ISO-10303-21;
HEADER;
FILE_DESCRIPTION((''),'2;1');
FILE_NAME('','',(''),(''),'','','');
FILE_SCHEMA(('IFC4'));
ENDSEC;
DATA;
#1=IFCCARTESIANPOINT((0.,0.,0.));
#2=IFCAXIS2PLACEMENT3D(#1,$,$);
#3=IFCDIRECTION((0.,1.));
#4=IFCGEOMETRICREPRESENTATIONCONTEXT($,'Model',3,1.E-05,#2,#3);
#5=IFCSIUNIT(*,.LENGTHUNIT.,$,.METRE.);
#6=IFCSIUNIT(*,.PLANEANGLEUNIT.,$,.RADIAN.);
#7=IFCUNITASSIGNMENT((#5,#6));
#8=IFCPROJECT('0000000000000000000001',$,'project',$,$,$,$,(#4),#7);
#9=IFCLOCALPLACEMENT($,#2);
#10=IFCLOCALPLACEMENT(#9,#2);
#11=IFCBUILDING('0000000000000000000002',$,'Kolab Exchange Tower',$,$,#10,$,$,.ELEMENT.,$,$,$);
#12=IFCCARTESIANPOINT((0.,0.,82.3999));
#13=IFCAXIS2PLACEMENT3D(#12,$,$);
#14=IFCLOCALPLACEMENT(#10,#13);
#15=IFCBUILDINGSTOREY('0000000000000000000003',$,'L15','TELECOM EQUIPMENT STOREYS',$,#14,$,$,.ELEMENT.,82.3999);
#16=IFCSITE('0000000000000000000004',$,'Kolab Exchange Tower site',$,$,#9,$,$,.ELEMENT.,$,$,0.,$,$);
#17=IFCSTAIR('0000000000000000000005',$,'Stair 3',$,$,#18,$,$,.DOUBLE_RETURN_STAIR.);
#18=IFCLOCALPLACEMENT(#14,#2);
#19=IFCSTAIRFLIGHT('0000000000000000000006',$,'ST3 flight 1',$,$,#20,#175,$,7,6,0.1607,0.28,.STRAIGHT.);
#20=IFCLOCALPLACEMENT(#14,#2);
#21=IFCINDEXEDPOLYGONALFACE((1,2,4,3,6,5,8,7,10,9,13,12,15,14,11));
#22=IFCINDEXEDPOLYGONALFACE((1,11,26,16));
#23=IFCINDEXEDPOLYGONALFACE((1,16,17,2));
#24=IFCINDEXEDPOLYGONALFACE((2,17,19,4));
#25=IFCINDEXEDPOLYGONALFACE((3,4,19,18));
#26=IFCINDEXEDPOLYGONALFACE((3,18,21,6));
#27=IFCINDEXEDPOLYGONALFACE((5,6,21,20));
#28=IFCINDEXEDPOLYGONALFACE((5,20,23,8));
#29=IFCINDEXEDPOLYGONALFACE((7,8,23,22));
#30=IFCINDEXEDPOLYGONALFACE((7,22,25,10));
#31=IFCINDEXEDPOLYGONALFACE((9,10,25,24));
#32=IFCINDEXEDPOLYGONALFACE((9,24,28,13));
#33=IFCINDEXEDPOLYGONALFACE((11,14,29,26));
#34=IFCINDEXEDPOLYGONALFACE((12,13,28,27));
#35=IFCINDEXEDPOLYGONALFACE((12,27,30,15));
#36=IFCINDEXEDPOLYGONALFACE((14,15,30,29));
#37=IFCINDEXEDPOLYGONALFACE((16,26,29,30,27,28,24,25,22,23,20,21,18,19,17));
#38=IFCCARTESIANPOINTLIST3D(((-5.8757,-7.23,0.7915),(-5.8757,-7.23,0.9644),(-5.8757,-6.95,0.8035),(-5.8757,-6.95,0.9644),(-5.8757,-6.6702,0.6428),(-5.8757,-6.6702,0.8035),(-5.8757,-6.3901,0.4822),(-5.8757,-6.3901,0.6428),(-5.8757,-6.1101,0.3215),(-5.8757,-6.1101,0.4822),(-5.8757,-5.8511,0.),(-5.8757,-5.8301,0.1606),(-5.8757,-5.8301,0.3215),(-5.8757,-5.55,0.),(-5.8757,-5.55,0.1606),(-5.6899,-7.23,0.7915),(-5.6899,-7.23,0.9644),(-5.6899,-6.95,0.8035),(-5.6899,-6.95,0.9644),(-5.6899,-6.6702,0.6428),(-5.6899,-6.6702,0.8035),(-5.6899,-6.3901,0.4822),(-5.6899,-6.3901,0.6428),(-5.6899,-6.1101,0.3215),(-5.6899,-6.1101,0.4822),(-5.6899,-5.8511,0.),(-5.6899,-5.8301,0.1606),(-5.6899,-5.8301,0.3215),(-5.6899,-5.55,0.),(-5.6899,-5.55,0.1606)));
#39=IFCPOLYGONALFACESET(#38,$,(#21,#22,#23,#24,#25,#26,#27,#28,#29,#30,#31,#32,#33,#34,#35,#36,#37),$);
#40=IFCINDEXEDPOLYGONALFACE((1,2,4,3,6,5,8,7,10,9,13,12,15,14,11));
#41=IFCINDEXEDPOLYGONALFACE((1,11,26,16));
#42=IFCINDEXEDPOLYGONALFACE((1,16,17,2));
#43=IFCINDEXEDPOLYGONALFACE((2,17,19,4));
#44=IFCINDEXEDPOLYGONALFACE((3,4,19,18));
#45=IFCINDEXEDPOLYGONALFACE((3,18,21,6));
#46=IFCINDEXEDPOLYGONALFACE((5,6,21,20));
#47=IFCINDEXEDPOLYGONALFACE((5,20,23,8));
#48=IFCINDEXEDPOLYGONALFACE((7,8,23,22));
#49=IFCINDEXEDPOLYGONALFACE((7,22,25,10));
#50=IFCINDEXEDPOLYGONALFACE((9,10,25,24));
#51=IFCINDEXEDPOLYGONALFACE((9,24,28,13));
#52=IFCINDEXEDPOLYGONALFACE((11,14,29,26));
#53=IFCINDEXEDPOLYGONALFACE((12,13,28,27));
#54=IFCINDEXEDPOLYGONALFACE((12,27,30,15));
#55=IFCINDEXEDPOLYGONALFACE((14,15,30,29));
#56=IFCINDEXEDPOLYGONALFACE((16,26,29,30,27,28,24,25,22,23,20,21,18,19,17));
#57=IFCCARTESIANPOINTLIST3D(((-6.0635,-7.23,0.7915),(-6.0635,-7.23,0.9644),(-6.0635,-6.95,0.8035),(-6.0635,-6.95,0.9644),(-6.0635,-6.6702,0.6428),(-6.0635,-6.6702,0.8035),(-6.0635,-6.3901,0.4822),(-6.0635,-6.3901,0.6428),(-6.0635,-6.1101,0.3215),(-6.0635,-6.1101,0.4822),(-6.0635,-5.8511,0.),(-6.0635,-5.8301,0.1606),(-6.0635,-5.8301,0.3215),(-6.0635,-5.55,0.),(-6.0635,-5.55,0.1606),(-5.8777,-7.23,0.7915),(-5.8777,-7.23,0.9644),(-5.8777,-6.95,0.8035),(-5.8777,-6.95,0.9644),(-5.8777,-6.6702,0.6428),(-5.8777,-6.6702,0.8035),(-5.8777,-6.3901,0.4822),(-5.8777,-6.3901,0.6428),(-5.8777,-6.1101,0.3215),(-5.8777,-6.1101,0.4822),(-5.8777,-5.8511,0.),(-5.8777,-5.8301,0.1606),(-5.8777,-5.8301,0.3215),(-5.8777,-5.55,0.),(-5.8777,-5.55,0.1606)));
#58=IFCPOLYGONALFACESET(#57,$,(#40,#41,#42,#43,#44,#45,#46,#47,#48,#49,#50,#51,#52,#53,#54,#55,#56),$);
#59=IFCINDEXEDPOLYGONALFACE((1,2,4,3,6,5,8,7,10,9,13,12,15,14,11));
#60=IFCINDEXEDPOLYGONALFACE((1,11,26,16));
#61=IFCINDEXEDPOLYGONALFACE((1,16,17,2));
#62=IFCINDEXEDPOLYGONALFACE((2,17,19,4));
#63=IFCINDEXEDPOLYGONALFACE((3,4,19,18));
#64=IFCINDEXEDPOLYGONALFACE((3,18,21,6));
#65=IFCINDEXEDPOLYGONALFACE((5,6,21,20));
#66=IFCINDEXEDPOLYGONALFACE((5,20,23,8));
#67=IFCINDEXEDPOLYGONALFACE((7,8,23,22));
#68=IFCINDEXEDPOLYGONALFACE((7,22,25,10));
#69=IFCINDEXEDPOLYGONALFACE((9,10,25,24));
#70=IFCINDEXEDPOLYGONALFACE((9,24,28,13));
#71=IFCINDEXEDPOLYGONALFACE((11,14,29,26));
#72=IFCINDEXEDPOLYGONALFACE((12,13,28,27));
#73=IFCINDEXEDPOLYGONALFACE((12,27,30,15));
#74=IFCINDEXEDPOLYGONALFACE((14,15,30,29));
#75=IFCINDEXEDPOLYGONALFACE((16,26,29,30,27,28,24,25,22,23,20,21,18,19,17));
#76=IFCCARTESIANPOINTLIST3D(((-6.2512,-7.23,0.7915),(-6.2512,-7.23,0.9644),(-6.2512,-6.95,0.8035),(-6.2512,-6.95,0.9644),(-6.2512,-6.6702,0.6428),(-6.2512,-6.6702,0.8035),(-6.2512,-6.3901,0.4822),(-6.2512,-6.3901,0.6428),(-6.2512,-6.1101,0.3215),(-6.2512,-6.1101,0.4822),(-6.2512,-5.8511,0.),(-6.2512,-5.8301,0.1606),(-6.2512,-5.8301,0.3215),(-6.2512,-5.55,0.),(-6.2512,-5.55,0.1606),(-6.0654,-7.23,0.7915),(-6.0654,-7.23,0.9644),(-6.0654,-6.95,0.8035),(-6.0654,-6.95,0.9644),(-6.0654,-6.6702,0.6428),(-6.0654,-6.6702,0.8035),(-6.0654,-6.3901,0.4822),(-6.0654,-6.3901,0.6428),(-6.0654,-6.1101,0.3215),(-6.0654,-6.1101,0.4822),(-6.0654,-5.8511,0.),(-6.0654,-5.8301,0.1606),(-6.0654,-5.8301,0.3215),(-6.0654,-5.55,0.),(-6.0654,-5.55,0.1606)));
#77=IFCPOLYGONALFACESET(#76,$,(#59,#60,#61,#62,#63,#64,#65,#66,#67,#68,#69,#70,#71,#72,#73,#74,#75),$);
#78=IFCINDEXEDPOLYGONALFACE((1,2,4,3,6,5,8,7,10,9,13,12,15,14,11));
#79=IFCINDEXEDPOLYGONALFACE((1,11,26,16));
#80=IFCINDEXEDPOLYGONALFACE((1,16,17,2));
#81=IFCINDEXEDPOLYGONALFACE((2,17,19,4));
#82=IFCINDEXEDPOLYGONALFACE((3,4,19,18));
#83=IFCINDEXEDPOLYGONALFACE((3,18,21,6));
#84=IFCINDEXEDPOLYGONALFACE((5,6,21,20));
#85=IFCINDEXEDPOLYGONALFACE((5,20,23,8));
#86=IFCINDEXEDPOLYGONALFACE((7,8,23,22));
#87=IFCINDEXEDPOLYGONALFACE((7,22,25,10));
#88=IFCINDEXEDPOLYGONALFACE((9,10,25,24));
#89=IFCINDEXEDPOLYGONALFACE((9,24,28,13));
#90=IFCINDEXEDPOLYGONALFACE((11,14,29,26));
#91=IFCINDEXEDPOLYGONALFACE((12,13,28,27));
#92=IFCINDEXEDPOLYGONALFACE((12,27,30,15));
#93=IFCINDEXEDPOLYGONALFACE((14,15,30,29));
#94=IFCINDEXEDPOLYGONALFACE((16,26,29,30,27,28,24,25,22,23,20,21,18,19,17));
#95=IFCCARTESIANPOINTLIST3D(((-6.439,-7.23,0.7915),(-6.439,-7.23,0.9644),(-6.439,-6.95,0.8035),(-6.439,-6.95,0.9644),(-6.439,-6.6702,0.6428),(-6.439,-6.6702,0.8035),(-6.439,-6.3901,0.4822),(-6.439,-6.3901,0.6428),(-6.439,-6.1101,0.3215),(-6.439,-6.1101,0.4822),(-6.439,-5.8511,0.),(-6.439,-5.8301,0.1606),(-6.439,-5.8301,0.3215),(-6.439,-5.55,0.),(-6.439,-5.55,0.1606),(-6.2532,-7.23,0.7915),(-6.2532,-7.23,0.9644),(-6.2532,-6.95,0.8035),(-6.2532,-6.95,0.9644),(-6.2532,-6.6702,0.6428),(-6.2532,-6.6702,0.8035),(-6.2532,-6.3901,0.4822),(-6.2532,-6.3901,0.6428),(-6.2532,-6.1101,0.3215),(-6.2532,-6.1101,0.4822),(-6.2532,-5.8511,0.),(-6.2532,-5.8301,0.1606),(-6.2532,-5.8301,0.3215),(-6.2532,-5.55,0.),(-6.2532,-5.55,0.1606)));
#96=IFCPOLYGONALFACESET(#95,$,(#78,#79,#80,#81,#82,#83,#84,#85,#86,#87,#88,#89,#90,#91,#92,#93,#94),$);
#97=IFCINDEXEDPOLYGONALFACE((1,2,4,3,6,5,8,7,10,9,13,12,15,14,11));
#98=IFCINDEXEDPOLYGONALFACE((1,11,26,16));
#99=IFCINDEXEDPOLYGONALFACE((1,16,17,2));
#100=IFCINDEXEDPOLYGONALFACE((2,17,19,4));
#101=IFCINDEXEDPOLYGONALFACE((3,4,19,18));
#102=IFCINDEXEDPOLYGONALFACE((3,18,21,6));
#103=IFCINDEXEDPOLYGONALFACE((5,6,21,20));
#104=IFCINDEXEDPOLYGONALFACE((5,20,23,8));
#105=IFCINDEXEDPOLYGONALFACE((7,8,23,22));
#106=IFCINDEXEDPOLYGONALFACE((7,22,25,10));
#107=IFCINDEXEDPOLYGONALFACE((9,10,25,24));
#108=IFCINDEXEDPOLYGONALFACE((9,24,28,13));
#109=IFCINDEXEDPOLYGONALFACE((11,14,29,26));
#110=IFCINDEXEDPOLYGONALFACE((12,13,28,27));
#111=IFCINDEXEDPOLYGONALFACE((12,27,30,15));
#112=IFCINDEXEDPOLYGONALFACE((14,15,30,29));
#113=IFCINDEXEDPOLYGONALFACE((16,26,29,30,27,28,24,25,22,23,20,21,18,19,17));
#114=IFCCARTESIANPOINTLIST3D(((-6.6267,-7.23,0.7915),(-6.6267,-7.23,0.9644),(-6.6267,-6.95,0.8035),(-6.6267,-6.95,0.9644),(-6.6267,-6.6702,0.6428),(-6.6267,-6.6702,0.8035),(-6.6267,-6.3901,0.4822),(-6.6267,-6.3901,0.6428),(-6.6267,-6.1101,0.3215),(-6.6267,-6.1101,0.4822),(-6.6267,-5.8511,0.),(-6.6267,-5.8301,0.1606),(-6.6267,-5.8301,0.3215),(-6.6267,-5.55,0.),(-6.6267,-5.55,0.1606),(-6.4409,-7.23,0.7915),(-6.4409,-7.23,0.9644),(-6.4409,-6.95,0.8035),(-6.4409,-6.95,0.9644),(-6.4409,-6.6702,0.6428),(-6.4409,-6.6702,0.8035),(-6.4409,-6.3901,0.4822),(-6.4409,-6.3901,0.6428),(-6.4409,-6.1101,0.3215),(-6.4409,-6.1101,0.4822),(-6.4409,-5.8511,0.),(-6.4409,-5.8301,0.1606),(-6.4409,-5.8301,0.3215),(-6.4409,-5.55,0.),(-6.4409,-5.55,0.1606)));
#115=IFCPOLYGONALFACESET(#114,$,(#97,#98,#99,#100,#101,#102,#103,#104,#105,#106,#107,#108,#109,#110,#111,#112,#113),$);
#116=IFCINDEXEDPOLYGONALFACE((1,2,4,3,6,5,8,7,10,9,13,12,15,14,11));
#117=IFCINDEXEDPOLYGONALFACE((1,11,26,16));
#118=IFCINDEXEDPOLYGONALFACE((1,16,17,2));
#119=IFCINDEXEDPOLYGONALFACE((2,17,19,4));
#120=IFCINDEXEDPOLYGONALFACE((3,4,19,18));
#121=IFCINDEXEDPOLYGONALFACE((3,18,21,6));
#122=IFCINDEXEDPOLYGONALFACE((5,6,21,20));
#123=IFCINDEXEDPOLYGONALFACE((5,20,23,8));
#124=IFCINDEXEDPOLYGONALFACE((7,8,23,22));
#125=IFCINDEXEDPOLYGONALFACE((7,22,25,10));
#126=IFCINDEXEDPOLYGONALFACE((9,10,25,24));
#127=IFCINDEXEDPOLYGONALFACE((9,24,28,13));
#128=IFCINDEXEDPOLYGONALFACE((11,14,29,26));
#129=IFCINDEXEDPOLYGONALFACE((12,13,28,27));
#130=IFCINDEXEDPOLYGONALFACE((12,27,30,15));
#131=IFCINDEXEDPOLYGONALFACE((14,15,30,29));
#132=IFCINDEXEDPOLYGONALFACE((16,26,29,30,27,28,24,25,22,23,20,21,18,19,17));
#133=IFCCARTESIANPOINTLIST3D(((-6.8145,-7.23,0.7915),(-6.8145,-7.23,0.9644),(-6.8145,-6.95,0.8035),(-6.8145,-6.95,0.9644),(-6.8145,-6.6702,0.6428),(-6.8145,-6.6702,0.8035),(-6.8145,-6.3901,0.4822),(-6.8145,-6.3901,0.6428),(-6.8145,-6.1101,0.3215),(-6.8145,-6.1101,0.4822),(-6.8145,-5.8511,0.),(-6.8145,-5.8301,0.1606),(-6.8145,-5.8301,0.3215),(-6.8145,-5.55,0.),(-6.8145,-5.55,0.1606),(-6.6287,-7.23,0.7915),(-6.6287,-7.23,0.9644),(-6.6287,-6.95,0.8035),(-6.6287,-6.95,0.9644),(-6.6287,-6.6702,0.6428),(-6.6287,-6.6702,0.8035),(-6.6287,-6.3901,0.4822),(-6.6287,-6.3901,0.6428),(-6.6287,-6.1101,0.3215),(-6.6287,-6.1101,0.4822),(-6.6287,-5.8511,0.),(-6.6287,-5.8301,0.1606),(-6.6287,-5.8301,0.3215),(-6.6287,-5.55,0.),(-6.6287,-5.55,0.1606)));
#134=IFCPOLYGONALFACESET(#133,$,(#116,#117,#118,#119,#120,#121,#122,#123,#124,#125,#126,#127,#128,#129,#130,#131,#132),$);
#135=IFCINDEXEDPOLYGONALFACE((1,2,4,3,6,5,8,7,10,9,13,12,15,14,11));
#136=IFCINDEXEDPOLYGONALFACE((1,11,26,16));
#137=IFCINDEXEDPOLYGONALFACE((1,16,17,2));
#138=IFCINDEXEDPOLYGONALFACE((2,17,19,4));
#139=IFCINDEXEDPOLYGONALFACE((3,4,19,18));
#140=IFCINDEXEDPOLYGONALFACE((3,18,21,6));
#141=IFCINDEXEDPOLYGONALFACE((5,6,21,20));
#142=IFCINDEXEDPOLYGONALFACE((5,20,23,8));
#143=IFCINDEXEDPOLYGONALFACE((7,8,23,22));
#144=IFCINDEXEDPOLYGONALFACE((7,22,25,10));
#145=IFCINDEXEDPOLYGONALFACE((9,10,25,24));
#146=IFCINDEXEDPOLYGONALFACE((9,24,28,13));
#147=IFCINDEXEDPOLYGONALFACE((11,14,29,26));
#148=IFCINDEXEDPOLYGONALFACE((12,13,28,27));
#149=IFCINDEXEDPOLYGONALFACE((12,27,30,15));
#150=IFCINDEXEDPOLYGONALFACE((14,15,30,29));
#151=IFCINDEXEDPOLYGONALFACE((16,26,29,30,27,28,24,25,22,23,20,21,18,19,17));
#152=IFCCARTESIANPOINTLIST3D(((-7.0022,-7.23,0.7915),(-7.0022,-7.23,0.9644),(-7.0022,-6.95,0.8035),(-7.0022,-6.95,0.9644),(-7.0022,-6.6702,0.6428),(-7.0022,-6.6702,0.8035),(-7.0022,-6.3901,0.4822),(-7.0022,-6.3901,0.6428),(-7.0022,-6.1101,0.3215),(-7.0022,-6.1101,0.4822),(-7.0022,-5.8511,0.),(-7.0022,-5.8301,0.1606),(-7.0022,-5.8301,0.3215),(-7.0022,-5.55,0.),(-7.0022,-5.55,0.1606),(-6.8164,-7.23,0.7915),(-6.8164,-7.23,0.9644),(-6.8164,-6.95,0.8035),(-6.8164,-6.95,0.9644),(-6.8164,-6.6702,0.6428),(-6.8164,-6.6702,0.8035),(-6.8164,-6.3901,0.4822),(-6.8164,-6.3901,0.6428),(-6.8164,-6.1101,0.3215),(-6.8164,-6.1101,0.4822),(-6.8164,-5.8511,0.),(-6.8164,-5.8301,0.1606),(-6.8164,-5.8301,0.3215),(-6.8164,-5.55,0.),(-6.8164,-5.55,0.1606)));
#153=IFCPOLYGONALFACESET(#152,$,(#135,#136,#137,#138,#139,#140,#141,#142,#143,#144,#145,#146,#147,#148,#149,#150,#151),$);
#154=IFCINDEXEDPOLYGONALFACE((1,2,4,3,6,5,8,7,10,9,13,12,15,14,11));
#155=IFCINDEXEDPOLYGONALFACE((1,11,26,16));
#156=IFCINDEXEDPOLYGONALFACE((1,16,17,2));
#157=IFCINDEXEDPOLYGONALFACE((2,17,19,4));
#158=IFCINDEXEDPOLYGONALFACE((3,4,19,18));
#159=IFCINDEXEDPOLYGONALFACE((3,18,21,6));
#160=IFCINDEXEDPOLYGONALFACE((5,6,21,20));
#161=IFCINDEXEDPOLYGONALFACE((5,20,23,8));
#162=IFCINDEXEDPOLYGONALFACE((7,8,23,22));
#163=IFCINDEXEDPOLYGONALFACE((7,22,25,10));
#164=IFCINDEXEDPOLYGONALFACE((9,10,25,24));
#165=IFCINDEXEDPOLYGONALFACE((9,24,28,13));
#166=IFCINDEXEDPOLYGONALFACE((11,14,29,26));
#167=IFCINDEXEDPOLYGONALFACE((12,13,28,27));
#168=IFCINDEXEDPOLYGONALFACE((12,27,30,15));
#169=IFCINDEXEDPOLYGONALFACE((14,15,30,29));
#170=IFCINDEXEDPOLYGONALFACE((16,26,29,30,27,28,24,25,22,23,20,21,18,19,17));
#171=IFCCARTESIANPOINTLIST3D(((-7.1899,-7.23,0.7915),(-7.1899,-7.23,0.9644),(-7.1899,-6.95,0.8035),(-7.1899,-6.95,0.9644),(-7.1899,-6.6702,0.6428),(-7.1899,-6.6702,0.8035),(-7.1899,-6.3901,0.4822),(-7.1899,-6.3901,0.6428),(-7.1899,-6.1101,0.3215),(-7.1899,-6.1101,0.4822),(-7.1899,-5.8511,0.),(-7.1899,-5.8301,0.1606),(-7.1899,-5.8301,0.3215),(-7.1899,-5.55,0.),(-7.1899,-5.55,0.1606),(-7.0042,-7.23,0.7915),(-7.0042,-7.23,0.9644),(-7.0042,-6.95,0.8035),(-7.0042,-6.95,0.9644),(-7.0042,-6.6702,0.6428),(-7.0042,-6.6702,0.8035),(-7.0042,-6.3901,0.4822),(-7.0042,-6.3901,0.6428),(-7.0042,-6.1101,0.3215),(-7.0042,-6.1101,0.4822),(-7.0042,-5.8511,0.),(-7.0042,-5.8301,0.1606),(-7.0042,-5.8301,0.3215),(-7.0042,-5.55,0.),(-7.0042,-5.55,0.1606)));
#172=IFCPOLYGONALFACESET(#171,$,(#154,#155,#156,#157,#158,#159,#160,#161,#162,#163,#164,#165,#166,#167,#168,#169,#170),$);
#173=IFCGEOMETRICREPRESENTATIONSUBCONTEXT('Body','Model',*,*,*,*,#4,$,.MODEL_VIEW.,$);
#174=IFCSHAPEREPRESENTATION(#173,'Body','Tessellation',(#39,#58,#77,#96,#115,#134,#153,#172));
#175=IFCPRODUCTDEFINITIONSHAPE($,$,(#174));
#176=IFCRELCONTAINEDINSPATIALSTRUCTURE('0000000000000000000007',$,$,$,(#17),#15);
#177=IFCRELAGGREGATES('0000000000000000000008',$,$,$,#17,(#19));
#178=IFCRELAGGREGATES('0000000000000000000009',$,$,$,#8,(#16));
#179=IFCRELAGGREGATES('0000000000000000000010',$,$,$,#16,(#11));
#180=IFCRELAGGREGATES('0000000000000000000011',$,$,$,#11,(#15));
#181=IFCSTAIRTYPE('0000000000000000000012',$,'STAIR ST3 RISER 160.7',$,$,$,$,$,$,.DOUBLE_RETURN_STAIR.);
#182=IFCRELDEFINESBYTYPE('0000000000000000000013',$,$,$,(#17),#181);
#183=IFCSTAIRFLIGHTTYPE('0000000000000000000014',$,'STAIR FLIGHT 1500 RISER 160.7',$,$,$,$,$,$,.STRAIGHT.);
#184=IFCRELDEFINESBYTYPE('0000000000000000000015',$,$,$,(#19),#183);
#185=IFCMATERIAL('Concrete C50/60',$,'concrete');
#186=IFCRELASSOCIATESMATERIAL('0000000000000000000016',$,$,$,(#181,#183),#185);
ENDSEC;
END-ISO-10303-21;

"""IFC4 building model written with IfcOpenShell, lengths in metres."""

from ifc_helpers import new_model, si_unit, direction, frame, origin, place, context, subcontext, project, spatial, polyline, outline, extrude, material, type_object, element, aggregate, save


model = new_model("IFC4")

# Units and contexts
model_context = context("Model", 3, precision=1e-05, world=origin(), true_north=direction((0.0, 1.0)))
body_context = subcontext(model_context, "Body", "Model", "MODEL_VIEW")
ifc_project = project(units=[si_unit("LENGTHUNIT", "METRE"), si_unit("PLANEANGLEUNIT", "RADIAN")], contexts=[model_context])

# Site, building, storey
site_placement = place(None, origin())
site = spatial("IfcSite", under=ifc_project, at=site_placement, Name="Kolab Exchange Tower site", CompositionType="ELEMENT", RefElevation=0.0)
building_placement = place(site_placement, origin())
building = spatial("IfcBuilding", under=site, at=building_placement, Name="Kolab Exchange Tower", CompositionType="ELEMENT")
storey_placement = place(building_placement, frame((0.0, 0.0, 82.3999)))
storey = spatial("IfcBuildingStorey", under=building, at=storey_placement, Name="L15", Description="TELECOM EQUIPMENT STOREYS", CompositionType="ELEMENT", Elevation=82.3999)

# Shared definitions
ifc_material_1 = material(Name="Concrete C50/60", Category="concrete")

# Stair, stair flight
stair_type = type_object("IfcStairType", Name="STAIR ST3 RISER 160.7", PredefinedType="DOUBLE_RETURN_STAIR", material=ifc_material_1)
stair_placement = place(storey_placement, origin())
stair = element("IfcStair", 1, at=stair_placement, inside=storey, type_object=stair_type, Name="Stair 3", PredefinedType="DOUBLE_RETURN_STAIR")
stair_flight_type = type_object("IfcStairFlightType", Name="STAIR FLIGHT 1500 RISER 160.7", PredefinedType="STRAIGHT", material=ifc_material_1)
stair_flight_1_placement = place(storey_placement, frame((-6.4399, -5.55, 0.0), z_axis=(0.0, 0.0, 1.0), x_axis=(0.0, -1.0, 0.0)))
stair_flight_1 = element("IfcStairFlight", 2, at=stair_flight_1_placement, type_object=stair_flight_type, Name="ST3 flight 1", NumberOfRisers=7, NumberOfTreads=6, PredefinedType="STRAIGHT", RiserHeight=0.1607, TreadLength=0.28, context=body_context, shape_type="SweptSolid", body=[
    extrude(outline(polyline([(0.0, 0.0), (0.0, 0.1606), (0.28, 0.1606), (0.28, 0.3215), (0.5601, 0.3215), (0.5601, 0.4822), (0.8401, 0.4822), (0.8401, 0.6428), (1.1201, 0.6428), (1.1201, 0.8035), (1.3999, 0.8035), (1.3999, 0.9644), (1.6799, 0.9644), (1.6799, 1.125), (1.6799, 0.7915), (0.301, 0.0), (0.0, 0.0)])), frame((0.0, 0.75, 0.0), z_axis=(0.0, -1.0, 0.0), x_axis=(1.0, 0.0, 0.0)), (0.0, 0.0, 1.0), 0.1858),
    extrude(outline(polyline([(0.0, 0.0), (0.0, 0.1606), (0.28, 0.1606), (0.28, 0.3215), (0.5601, 0.3215), (0.5601, 0.4822), (0.8401, 0.4822), (0.8401, 0.6428), (1.1201, 0.6428), (1.1201, 0.8035), (1.3999, 0.8035), (1.3999, 0.9644), (1.6799, 0.9644), (1.6799, 1.125), (1.6799, 0.7915), (0.301, 0.0), (0.0, 0.0)])), frame((0.0, 0.5623, 0.0), z_axis=(0.0, -1.0, 0.0), x_axis=(1.0, 0.0, 0.0)), (0.0, 0.0, 1.0), 0.1858),
    extrude(outline(polyline([(0.0, 0.0), (0.0, 0.1606), (0.28, 0.1606), (0.28, 0.3215), (0.5601, 0.3215), (0.5601, 0.4822), (0.8401, 0.4822), (0.8401, 0.6428), (1.1201, 0.6428), (1.1201, 0.8035), (1.3999, 0.8035), (1.3999, 0.9644), (1.6799, 0.9644), (1.6799, 1.125), (1.6799, 0.7915), (0.301, 0.0), (0.0, 0.0)])), frame((0.0, 0.3745, 0.0), z_axis=(0.0, -1.0, 0.0), x_axis=(1.0, 0.0, 0.0)), (0.0, 0.0, 1.0), 0.1858),
    extrude(outline(polyline([(0.0, 0.0), (0.0, 0.1606), (0.28, 0.1606), (0.28, 0.3215), (0.5601, 0.3215), (0.5601, 0.4822), (0.8401, 0.4822), (0.8401, 0.6428), (1.1201, 0.6428), (1.1201, 0.8035), (1.3999, 0.8035), (1.3999, 0.9644), (1.6799, 0.9644), (1.6799, 1.125), (1.6799, 0.7915), (0.301, 0.0), (0.0, 0.0)])), frame((0.0, 0.1868, 0.0), z_axis=(0.0, -1.0, 0.0), x_axis=(1.0, 0.0, 0.0)), (0.0, 0.0, 1.0), 0.1858),
    extrude(outline(polyline([(0.0, 0.0), (0.0, 0.1606), (0.28, 0.1606), (0.28, 0.3215), (0.5601, 0.3215), (0.5601, 0.4822), (0.8401, 0.4822), (0.8401, 0.6428), (1.1201, 0.6428), (1.1201, 0.8035), (1.3999, 0.8035), (1.3999, 0.9644), (1.6799, 0.9644), (1.6799, 1.125), (1.6799, 0.7915), (0.301, 0.0), (0.0, 0.0)])), frame((0.0, -0.001, 0.0), z_axis=(0.0, -1.0, 0.0), x_axis=(1.0, 0.0, 0.0)), (0.0, 0.0, 1.0), 0.1858),
    extrude(outline(polyline([(0.0, 0.0), (0.0, 0.1606), (0.28, 0.1606), (0.28, 0.3215), (0.5601, 0.3215), (0.5601, 0.4822), (0.8401, 0.4822), (0.8401, 0.6428), (1.1201, 0.6428), (1.1201, 0.8035), (1.3999, 0.8035), (1.3999, 0.9644), (1.6799, 0.9644), (1.6799, 1.125), (1.6799, 0.7915), (0.301, 0.0), (0.0, 0.0)])), frame((0.0, -0.1887, 0.0), z_axis=(0.0, -1.0, 0.0), x_axis=(1.0, 0.0, 0.0)), (0.0, 0.0, 1.0), 0.1858),
    extrude(outline(polyline([(0.0, 0.0), (0.0, 0.1606), (0.28, 0.1606), (0.28, 0.3215), (0.5601, 0.3215), (0.5601, 0.4822), (0.8401, 0.4822), (0.8401, 0.6428), (1.1201, 0.6428), (1.1201, 0.8035), (1.3999, 0.8035), (1.3999, 0.9644), (1.6799, 0.9644), (1.6799, 1.125), (1.6799, 0.7915), (0.301, 0.0), (0.0, 0.0)])), frame((0.0, -0.3765, 0.0), z_axis=(0.0, -1.0, 0.0), x_axis=(1.0, 0.0, 0.0)), (0.0, 0.0, 1.0), 0.1858),
    extrude(outline(polyline([(0.0, 0.0), (0.0, 0.1606), (0.28, 0.1606), (0.28, 0.3215), (0.5601, 0.3215), (0.5601, 0.4822), (0.8401, 0.4822), (0.8401, 0.6428), (1.1201, 0.6428), (1.1201, 0.8035), (1.3999, 0.8035), (1.3999, 0.9644), (1.6799, 0.9644), (1.6799, 1.125), (1.6799, 0.7915), (0.301, 0.0), (0.0, 0.0)])), frame((0.0, -0.5642, 0.0), z_axis=(0.0, -1.0, 0.0), x_axis=(1.0, 0.0, 0.0)), (0.0, 0.0, 1.0), 0.1858),
])
aggregate(stair, [stair_flight_1])

save(model, "model.ifc")
